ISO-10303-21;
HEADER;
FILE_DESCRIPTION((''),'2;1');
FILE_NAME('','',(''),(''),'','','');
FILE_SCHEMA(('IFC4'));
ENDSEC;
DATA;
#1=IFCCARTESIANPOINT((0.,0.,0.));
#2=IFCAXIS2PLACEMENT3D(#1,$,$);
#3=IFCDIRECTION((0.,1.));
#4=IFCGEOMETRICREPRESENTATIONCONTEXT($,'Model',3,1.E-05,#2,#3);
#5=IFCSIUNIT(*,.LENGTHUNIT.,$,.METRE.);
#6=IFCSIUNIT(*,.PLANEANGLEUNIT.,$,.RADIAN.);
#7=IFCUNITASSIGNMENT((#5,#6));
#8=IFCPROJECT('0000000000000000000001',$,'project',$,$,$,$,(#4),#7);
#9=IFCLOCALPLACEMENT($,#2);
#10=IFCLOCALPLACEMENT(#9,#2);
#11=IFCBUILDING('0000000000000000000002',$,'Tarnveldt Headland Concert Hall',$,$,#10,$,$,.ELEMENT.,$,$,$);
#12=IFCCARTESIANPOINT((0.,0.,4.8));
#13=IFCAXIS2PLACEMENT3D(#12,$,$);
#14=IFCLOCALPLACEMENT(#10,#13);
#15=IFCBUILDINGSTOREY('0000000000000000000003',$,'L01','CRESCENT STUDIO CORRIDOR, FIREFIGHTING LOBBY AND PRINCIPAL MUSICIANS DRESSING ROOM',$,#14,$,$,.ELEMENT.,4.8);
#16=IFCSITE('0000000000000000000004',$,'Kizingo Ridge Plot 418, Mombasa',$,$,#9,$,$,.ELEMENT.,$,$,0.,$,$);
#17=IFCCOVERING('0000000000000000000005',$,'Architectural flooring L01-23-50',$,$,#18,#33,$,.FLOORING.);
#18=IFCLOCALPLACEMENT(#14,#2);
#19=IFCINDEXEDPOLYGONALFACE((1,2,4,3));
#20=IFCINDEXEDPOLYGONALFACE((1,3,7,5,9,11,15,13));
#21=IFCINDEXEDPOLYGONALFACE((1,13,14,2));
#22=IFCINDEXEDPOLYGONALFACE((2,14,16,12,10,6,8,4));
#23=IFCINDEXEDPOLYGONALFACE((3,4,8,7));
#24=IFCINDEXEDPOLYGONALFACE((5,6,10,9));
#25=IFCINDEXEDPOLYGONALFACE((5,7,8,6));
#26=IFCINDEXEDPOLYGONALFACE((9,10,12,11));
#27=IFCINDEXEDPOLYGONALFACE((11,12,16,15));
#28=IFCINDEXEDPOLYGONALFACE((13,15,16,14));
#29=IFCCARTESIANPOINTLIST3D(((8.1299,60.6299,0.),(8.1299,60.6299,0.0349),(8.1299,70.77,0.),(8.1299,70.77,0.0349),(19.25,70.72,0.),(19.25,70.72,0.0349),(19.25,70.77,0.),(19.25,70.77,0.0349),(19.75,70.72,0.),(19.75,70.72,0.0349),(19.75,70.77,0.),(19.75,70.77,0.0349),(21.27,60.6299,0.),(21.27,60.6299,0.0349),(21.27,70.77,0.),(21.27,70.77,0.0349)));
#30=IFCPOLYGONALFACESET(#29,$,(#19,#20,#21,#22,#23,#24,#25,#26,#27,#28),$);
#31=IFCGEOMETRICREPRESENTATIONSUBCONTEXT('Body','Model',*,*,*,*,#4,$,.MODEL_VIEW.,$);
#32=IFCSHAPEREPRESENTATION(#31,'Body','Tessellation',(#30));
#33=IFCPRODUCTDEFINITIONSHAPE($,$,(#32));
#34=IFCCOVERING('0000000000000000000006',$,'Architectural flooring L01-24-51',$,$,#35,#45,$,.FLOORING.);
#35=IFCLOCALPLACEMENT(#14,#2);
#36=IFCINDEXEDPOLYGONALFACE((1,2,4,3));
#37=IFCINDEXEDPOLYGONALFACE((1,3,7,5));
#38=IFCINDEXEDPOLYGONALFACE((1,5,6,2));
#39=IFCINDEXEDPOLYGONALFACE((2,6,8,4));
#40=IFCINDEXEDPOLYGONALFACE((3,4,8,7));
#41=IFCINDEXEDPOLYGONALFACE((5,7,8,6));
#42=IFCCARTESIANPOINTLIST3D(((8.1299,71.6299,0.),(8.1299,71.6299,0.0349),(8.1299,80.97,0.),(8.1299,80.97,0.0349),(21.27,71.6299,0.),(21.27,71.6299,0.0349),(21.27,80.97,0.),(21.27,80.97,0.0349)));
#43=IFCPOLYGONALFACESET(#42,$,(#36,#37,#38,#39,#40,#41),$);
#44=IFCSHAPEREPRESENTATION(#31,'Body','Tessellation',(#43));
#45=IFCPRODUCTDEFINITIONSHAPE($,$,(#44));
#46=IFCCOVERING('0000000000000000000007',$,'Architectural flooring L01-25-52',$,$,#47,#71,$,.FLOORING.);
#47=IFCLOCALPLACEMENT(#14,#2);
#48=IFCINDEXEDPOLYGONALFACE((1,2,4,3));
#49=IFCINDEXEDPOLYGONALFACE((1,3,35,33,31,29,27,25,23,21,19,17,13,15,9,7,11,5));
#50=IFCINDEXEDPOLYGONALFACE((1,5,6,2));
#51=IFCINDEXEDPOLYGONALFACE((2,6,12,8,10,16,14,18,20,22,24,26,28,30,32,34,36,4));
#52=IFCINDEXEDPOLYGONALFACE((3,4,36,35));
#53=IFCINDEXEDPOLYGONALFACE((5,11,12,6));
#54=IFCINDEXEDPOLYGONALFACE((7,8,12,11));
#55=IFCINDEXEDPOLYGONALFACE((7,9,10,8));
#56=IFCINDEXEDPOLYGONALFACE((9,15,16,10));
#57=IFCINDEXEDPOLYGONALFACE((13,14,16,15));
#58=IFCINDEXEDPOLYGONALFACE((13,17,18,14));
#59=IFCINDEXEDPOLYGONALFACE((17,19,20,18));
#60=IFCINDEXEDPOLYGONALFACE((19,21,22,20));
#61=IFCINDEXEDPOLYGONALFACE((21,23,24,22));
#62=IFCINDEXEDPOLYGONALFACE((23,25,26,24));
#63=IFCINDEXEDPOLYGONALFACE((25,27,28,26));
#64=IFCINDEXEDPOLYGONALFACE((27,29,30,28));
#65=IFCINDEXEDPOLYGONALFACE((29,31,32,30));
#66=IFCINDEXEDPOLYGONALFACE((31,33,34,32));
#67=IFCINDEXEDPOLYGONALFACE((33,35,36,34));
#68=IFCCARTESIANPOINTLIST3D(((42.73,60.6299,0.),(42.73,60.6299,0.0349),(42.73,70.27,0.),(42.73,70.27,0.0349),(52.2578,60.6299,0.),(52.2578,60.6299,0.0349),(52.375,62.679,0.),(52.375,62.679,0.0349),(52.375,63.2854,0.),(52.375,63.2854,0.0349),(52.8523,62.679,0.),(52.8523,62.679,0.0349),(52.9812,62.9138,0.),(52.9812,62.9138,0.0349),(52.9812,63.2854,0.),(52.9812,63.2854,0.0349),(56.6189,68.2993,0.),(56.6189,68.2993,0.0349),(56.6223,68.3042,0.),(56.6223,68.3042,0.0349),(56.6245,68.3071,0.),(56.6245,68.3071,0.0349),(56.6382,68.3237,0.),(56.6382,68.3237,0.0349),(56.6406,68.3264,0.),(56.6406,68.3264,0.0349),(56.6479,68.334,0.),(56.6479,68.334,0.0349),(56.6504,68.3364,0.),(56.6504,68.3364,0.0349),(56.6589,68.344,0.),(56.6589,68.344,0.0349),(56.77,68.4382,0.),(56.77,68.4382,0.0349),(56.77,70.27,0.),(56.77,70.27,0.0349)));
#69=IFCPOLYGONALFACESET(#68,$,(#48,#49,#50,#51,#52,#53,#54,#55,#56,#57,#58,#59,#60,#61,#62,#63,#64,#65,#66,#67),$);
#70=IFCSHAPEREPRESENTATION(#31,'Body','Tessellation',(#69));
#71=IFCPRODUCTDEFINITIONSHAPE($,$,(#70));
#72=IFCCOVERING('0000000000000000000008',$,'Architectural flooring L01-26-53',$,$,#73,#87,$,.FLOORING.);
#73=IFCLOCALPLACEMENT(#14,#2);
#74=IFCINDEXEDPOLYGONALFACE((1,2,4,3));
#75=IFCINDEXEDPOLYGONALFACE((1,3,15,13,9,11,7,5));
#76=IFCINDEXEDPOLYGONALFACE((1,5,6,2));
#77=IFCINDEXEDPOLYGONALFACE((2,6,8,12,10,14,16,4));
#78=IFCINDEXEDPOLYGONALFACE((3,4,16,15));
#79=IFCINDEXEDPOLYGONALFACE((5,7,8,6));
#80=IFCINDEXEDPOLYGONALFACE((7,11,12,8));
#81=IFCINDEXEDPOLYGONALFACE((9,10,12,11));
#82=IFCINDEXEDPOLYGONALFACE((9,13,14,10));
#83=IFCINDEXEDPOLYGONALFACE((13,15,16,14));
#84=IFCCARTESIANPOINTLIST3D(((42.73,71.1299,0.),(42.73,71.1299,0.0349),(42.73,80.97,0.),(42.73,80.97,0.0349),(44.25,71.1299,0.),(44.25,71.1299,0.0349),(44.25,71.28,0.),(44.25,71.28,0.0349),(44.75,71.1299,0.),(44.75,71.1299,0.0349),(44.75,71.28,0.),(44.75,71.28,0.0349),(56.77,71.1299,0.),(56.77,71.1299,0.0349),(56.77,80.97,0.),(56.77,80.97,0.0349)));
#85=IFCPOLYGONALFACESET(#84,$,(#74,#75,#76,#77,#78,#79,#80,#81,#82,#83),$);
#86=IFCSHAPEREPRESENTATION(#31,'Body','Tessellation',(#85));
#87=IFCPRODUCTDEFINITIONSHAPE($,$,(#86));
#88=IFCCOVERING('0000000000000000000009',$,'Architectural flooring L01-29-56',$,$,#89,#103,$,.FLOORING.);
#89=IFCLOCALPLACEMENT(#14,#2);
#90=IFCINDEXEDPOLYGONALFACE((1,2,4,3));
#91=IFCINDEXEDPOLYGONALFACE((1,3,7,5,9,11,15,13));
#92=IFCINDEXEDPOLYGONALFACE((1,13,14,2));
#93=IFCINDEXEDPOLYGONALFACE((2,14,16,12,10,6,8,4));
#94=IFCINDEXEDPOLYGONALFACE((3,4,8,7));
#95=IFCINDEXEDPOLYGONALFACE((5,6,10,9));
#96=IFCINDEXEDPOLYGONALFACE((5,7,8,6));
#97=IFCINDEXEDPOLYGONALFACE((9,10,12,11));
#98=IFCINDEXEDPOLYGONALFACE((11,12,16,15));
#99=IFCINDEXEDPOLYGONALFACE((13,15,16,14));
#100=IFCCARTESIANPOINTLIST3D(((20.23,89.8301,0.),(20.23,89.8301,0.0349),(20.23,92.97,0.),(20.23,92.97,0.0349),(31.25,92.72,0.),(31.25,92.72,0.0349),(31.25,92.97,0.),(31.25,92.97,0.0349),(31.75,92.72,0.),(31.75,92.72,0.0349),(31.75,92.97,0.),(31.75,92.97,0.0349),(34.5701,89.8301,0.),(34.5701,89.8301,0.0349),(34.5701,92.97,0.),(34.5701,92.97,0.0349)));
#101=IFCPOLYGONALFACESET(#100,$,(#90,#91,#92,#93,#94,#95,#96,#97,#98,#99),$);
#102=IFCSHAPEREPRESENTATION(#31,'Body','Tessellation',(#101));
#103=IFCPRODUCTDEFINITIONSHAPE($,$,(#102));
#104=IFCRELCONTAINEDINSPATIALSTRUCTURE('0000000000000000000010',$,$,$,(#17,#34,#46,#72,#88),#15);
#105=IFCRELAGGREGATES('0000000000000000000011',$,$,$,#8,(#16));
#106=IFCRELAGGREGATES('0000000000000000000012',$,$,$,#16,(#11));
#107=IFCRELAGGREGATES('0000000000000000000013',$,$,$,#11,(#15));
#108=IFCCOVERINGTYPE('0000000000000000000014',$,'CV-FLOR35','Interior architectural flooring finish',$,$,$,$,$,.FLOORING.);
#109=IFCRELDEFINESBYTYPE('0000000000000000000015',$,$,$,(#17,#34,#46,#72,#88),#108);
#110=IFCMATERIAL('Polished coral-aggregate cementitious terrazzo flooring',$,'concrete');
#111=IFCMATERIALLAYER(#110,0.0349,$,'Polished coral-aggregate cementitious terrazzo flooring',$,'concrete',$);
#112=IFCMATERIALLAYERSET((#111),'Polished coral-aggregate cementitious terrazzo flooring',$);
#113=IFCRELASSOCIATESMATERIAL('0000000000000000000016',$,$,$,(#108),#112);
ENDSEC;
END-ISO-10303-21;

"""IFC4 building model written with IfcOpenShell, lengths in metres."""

from ifc_helpers import new_model, si_unit, direction, frame, origin, place, context, subcontext, project, spatial, polyline, outline, extrude, material, layer, layer_set, type_object, element, save


model = new_model("IFC4")

# Units and contexts
model_context = context("Model", 3, precision=1e-05, world=origin(), true_north=direction((0.0, 1.0)))
body_context = subcontext(model_context, "Body", "Model", "MODEL_VIEW")
ifc_project = project(units=[si_unit("LENGTHUNIT", "METRE"), si_unit("PLANEANGLEUNIT", "RADIAN")], contexts=[model_context])

# Site, building, storey
site_placement = place(None, origin())
site = spatial("IfcSite", under=ifc_project, at=site_placement, Name="Kizingo Ridge Plot 418, Mombasa", CompositionType="ELEMENT", RefElevation=0.0)
building_placement = place(site_placement, origin())
building = spatial("IfcBuilding", under=site, at=building_placement, Name="Tarnveldt Headland Concert Hall", CompositionType="ELEMENT")
storey_placement = place(building_placement, frame((0.0, 0.0, 4.8)))
storey = spatial("IfcBuildingStorey", under=building, at=storey_placement, Name="L01", Description="CRESCENT STUDIO CORRIDOR, FIREFIGHTING LOBBY AND PRINCIPAL MUSICIANS DRESSING ROOM", CompositionType="ELEMENT", Elevation=4.8)

# Coverings
ifc_material_1 = material(Name="Polished coral-aggregate cementitious terrazzo flooring", Category="concrete")
ifc_layer_1 = layer(ifc_material_1, 0.0349, Name="Polished coral-aggregate cementitious terrazzo flooring", Category="concrete")
ifc_layer_set_1 = layer_set([ifc_layer_1], Name="Polished coral-aggregate cementitious terrazzo flooring")
covering_type_1 = type_object("IfcCoveringType", Name="CV-FLOR35", Description="Interior architectural flooring finish", PredefinedType="FLOORING", material=ifc_layer_set_1)
covering_1_placement = place(storey_placement, origin())
element("IfcCovering", 1, at=covering_1_placement, inside=storey, type_object=covering_type_1, Name="Architectural flooring L01-23-50", PredefinedType="FLOORING", context=body_context, shape_type="SweptSolid", body=[
    extrude(outline(polyline([(19.25, 70.77), (19.25, 70.72), (19.75, 70.72), (19.75, 70.77), (21.27, 70.77), (21.27, 60.6299), (8.1299, 60.6299), (8.1299, 70.77), (19.25, 70.77)])), origin(), (0.0, 0.0, 1.0), 0.0349),
])
covering_2_placement = place(storey_placement, origin())
element("IfcCovering", 2, at=covering_2_placement, inside=storey, type_object=covering_type_1, Name="Architectural flooring L01-24-51", PredefinedType="FLOORING", context=body_context, shape_type="SweptSolid", body=[
    extrude(outline(polyline([(8.1299, 80.97), (21.27, 80.97), (21.27, 71.6299), (8.1299, 71.6299), (8.1299, 80.97)])), origin(), (0.0, 0.0, 1.0), 0.0349),
])
covering_3_placement = place(storey_placement, origin())
element("IfcCovering", 3, at=covering_3_placement, inside=storey, type_object=covering_type_1, Name="Architectural flooring L01-25-52", PredefinedType="FLOORING", context=body_context, shape_type="SweptSolid", body=[
    extrude(outline(polyline([(56.77, 70.27), (56.77, 68.4382), (56.6589, 68.344), (56.6504, 68.3364), (56.6479, 68.334), (56.6406, 68.3264), (56.6382, 68.3237), (56.6245, 68.3071), (56.6223, 68.3042), (56.6189, 68.2993), (52.9812, 62.9138), (52.9812, 63.2854), (52.375, 63.2854), (52.375, 62.679), (52.8523, 62.679), (52.2578, 60.6299), (42.73, 60.6299), (42.73, 70.27), (56.77, 70.27)])), origin(), (0.0, 0.0, 1.0), 0.0349),
])
covering_4_placement = place(storey_placement, origin())
element("IfcCovering", 4, at=covering_4_placement, inside=storey, type_object=covering_type_1, Name="Architectural flooring L01-26-53", PredefinedType="FLOORING", context=body_context, shape_type="SweptSolid", body=[
    extrude(outline(polyline([(56.77, 80.97), (56.77, 71.1299), (44.75, 71.1299), (44.75, 71.28), (44.25, 71.28), (44.25, 71.1299), (42.73, 71.1299), (42.73, 80.97), (56.77, 80.97)])), origin(), (0.0, 0.0, 1.0), 0.0349),
])
covering_5_placement = place(storey_placement, origin())
element("IfcCovering", 5, at=covering_5_placement, inside=storey, type_object=covering_type_1, Name="Architectural flooring L01-29-56", PredefinedType="FLOORING", context=body_context, shape_type="SweptSolid", body=[
    extrude(outline(polyline([(31.25, 92.97), (31.25, 92.72), (31.75, 92.72), (31.75, 92.97), (34.5701, 92.97), (34.5701, 89.8301), (20.23, 89.8301), (20.23, 92.97), (31.25, 92.97)])), origin(), (0.0, 0.0, 1.0), 0.0349),
])

save(model, "model.ifc")
